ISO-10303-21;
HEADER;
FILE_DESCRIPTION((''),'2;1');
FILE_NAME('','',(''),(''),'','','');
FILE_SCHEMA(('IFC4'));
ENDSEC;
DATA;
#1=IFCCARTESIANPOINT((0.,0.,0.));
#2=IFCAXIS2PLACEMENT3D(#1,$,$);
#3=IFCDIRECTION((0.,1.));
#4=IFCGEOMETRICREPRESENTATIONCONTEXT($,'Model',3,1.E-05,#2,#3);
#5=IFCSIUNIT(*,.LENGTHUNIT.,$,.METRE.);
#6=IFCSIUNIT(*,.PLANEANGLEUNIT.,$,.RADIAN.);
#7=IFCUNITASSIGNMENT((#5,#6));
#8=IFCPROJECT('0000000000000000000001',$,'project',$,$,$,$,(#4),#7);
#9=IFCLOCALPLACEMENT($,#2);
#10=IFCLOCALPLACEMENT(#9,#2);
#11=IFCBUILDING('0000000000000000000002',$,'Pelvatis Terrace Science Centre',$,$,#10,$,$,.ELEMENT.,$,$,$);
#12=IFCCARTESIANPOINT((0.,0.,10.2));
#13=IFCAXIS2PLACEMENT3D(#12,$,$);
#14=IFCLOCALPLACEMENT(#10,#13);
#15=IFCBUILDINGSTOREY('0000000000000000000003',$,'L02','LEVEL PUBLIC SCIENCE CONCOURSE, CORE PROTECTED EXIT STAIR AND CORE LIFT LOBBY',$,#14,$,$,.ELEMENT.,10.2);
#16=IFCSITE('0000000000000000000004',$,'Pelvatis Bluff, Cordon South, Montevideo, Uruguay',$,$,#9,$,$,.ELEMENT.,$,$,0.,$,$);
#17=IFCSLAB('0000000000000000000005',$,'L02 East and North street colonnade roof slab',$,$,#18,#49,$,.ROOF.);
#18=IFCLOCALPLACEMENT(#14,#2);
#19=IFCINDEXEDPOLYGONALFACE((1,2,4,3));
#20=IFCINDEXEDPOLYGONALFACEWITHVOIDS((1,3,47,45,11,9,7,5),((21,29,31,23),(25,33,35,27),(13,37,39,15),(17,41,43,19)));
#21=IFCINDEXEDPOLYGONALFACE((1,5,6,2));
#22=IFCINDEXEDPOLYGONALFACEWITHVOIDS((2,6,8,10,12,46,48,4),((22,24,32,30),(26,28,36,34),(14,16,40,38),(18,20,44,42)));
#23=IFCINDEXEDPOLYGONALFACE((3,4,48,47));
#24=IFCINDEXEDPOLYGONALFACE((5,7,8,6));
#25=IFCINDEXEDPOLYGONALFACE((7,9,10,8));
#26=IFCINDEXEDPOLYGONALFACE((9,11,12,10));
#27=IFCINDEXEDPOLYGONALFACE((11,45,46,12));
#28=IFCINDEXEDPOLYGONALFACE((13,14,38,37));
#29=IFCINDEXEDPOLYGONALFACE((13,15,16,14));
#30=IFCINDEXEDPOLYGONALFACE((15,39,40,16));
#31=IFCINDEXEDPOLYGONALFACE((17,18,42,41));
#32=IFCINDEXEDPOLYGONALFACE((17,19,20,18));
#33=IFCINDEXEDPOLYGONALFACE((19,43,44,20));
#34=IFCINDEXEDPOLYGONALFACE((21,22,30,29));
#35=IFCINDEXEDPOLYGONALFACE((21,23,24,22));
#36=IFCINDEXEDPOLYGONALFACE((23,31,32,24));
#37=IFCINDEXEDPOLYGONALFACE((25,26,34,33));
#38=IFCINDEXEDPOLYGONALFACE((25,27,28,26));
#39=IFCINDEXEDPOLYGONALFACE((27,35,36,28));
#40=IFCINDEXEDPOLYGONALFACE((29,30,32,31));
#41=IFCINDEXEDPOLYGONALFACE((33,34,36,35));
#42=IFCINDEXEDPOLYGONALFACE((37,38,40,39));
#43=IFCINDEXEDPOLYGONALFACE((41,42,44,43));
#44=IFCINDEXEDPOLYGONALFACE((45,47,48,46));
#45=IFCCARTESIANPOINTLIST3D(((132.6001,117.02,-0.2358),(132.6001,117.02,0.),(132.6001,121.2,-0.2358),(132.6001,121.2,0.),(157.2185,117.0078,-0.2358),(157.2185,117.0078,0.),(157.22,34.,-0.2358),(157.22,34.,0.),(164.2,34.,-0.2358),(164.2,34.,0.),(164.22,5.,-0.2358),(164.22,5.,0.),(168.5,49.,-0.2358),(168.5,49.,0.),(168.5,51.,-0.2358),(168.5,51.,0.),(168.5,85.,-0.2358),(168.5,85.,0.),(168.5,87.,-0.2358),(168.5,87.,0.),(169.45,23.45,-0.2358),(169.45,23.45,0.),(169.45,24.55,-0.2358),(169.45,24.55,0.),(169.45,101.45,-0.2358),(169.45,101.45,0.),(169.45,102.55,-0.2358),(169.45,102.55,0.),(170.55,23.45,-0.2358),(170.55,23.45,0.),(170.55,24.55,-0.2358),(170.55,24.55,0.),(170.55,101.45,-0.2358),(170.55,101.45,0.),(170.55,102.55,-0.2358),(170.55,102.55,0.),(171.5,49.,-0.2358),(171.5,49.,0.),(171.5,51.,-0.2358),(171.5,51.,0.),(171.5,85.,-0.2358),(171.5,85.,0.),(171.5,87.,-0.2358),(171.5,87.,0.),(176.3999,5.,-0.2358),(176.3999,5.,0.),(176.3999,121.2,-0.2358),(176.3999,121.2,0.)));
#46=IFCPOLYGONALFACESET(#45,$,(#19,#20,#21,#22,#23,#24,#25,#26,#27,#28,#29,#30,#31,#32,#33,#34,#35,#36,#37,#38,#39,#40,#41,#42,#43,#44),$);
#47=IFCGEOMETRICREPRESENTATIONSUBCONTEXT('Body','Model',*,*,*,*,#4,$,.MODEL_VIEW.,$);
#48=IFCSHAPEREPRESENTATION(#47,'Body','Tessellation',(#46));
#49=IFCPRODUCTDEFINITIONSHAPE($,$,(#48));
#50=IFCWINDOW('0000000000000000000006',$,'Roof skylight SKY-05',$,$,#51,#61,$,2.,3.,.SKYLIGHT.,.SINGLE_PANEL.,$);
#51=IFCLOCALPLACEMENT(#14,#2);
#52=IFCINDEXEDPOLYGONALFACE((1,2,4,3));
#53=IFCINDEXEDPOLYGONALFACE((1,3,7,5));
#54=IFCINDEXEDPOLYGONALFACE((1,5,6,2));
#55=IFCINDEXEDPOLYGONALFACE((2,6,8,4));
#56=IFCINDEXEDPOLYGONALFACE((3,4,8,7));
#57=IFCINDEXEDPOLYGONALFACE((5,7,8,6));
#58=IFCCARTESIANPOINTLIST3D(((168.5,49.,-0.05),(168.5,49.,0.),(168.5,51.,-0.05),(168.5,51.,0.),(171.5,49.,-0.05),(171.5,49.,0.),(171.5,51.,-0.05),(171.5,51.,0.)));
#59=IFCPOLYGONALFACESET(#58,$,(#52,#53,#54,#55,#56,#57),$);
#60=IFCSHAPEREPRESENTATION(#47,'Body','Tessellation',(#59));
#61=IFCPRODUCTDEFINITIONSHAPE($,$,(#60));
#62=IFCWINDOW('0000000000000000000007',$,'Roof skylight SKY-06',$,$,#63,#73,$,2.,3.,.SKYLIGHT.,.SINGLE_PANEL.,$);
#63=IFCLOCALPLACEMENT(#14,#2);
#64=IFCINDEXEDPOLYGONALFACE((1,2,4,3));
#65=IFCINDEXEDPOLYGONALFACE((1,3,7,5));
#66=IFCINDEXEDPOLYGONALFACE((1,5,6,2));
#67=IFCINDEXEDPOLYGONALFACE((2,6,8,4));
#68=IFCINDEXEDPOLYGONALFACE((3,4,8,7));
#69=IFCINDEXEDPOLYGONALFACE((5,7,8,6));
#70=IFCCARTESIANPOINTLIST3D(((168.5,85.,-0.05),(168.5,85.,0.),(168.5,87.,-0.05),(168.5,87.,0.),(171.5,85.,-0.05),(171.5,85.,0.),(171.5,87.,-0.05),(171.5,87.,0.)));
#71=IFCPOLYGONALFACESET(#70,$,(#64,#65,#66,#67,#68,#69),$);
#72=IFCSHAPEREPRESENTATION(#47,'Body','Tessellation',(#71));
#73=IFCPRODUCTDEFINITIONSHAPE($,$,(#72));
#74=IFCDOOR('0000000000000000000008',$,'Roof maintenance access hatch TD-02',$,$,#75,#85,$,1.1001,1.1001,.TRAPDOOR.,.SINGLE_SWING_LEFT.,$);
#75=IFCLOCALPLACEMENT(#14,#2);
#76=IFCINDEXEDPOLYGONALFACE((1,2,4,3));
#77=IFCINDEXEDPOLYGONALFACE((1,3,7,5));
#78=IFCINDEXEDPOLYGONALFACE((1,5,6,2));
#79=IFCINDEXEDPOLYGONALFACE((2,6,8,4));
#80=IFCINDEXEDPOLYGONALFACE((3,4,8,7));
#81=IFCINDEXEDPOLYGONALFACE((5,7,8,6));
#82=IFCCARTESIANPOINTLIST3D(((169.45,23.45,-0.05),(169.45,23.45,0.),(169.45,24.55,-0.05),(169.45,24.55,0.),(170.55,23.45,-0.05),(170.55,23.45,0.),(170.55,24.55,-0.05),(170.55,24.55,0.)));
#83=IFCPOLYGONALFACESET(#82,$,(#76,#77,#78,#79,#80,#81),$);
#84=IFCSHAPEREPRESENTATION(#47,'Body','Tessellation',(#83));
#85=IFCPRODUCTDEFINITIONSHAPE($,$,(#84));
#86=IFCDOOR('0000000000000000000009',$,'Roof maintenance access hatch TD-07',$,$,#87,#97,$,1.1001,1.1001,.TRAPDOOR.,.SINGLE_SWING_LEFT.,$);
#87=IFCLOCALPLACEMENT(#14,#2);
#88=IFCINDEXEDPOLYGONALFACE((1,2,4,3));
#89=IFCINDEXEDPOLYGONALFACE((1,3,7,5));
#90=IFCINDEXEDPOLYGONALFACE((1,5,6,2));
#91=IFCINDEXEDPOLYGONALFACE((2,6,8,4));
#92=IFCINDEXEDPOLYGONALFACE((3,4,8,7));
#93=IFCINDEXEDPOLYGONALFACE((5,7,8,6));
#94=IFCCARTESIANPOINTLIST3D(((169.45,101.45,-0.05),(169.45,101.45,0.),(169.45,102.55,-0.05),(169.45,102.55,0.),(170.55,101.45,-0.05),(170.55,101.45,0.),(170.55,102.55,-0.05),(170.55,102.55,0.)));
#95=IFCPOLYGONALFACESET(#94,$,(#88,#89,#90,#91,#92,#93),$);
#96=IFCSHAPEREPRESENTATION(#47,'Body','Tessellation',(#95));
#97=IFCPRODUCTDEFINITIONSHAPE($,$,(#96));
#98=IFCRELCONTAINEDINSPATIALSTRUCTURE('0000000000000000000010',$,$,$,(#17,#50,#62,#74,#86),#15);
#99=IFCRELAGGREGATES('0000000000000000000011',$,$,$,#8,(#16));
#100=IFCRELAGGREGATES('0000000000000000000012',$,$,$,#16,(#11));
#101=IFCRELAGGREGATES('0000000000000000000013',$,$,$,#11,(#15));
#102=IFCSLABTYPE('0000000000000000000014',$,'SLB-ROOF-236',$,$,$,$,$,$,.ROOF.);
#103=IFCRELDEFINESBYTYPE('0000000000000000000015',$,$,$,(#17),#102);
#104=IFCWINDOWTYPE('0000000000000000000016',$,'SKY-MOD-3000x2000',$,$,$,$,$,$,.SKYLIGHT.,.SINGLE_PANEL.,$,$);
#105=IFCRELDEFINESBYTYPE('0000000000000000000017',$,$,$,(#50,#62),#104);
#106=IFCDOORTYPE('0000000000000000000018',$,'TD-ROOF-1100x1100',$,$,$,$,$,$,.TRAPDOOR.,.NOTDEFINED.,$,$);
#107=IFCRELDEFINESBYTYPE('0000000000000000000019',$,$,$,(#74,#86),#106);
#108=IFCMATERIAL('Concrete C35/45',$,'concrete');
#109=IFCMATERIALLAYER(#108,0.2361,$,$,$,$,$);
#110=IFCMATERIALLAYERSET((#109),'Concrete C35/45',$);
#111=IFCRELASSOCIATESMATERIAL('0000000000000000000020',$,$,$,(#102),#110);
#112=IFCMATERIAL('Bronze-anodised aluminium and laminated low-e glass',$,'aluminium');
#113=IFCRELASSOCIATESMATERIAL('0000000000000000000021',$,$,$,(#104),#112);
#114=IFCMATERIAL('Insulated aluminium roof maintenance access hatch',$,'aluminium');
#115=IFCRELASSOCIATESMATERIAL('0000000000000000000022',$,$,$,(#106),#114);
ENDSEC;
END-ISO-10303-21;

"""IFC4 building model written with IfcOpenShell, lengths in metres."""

from ifc_helpers import new_model, si_unit, direction, frame, origin, origin_2d, place, context, subcontext, project, spatial, polyline, rectangle, outline, extrude, material, layer, layer_set, type_object, element, fill, save


model = new_model("IFC4")

# Units and contexts
model_context = context("Model", 3, precision=1e-05, world=origin(), true_north=direction((0.0, 1.0)))
body_context = subcontext(model_context, "Body", "Model", "MODEL_VIEW")
ifc_project = project(units=[si_unit("LENGTHUNIT", "METRE"), si_unit("PLANEANGLEUNIT", "RADIAN")], contexts=[model_context])

# Site, building, storey
site_placement = place(None, origin())
site = spatial("IfcSite", under=ifc_project, at=site_placement, Name="Pelvatis Bluff, Cordon South, Montevideo, Uruguay", CompositionType="ELEMENT", RefElevation=0.0)
building_placement = place(site_placement, origin())
building = spatial("IfcBuilding", under=site, at=building_placement, Name="Pelvatis Terrace Science Centre", CompositionType="ELEMENT")
storey_placement = place(building_placement, frame((0.0, 0.0, 10.2)))
storey = spatial("IfcBuildingStorey", under=building, at=storey_placement, Name="L02", Description="LEVEL PUBLIC SCIENCE CONCOURSE, CORE PROTECTED EXIT STAIR AND CORE LIFT LOBBY", CompositionType="ELEMENT", Elevation=10.2)

# Shared definitions
ifc_material_1 = material(Name="Concrete C35/45", Category="concrete")
ifc_layer_1 = layer(ifc_material_1, 0.2361)
ifc_layer_set_1 = layer_set([ifc_layer_1], Name="Concrete C35/45")
slab_type_1 = type_object("IfcSlabType", Name="SLB-ROOF-236", PredefinedType="ROOF", material=ifc_layer_set_1)

# Slab, openings, windows, doors
slab_1_placement = place(storey_placement, frame((0.0, 0.0, -0.2358)))
slab_1 = element("IfcSlab", 1, at=slab_1_placement, inside=storey, type_object=slab_type_1, Name="L02 East and North street colonnade roof slab", PredefinedType="ROOF", context=body_context, shape_type="SweptSolid", body=[
    extrude(outline(polyline([(132.6001, 121.2), (176.3999, 121.2), (176.3999, 5.0), (164.22, 5.0), (164.2, 34.0), (157.22, 34.0), (157.2185, 117.0078), (132.6001, 117.02), (132.6001, 121.2)])), origin(), (0.0, 0.0, 1.0), 0.2358),
])
opening_1_placement = place(slab_1_placement, frame((170.0, 50.0, 0.0)))
opening_1 = element("IfcOpeningElement", 2, at=opening_1_placement, cuts=slab_1, PredefinedType="OPENING", context=body_context, shape_type="SweptSolid", body=[
    extrude(rectangle(XDim=3.0, YDim=2.0, at=origin_2d()), origin(), (0.0, 0.0, 1.0), 0.2358),
])
opening_2_placement = place(slab_1_placement, frame((170.0, 86.0, 0.0)))
opening_2 = element("IfcOpeningElement", 3, at=opening_2_placement, cuts=slab_1, PredefinedType="OPENING", context=body_context, shape_type="SweptSolid", body=[
    extrude(rectangle(XDim=3.0, YDim=2.0, at=origin_2d()), origin(), (0.0, 0.0, 1.0), 0.2358),
])
opening_3_placement = place(slab_1_placement, frame((170.0, 24.0, 0.0)))
opening_3 = element("IfcOpeningElement", 4, at=opening_3_placement, cuts=slab_1, PredefinedType="OPENING", context=body_context, shape_type="SweptSolid", body=[
    extrude(rectangle(XDim=1.1001, YDim=1.1001, at=origin_2d()), origin(), (0.0, 0.0, 1.0), 0.2358),
])
opening_4_placement = place(slab_1_placement, frame((170.0, 102.0, 0.0)))
opening_4 = element("IfcOpeningElement", 5, at=opening_4_placement, cuts=slab_1, PredefinedType="OPENING", context=body_context, shape_type="SweptSolid", body=[
    extrude(rectangle(XDim=1.1001, YDim=1.1001, at=origin_2d()), origin(), (0.0, 0.0, 1.0), 0.2358),
])
ifc_material_2 = material(Name="Bronze-anodised aluminium and laminated low-e glass", Category="aluminium")
window_type_1 = type_object("IfcWindowType", Name="SKY-MOD-3000x2000", PartitioningType="SINGLE_PANEL", PredefinedType="SKYLIGHT", material=ifc_material_2)
window_1_placement = place(opening_1_placement, frame((0.0, 0.0, 0.1858)))
window_1 = element("IfcWindow", 6, at=window_1_placement, inside=storey, type_object=window_type_1, Name="Roof skylight SKY-05", OverallHeight=2.0, OverallWidth=3.0, PartitioningType="SINGLE_PANEL", PredefinedType="SKYLIGHT", context=body_context, shape_type="SweptSolid", body=[
    extrude(rectangle(XDim=3.0, YDim=2.0, at=origin_2d()), origin(), (0.0, 0.0, 1.0), 0.05),
])
fill(opening_1, window_1)
window_2_placement = place(opening_2_placement, frame((0.0, 0.0, 0.1858)))
window_2 = element("IfcWindow", 7, at=window_2_placement, inside=storey, type_object=window_type_1, Name="Roof skylight SKY-06", OverallHeight=2.0, OverallWidth=3.0, PartitioningType="SINGLE_PANEL", PredefinedType="SKYLIGHT", context=body_context, shape_type="SweptSolid", body=[
    extrude(rectangle(XDim=3.0, YDim=2.0, at=origin_2d()), origin(), (0.0, 0.0, 1.0), 0.05),
])
fill(opening_2, window_2)
ifc_material_3 = material(Name="Insulated aluminium roof maintenance access hatch", Category="aluminium")
door_type = type_object("IfcDoorType", Name="TD-ROOF-1100x1100", OperationType="NOTDEFINED", PredefinedType="TRAPDOOR", material=ifc_material_3)
door_1_placement = place(opening_3_placement, frame((0.0, 0.0, 0.1858)))
door_1 = element("IfcDoor", 8, at=door_1_placement, inside=storey, type_object=door_type, Name="Roof maintenance access hatch TD-02", OperationType="SINGLE_SWING_LEFT", OverallHeight=1.1001, OverallWidth=1.1001, PredefinedType="TRAPDOOR", context=body_context, shape_type="SweptSolid", body=[
    extrude(rectangle(XDim=1.1001, YDim=1.1001, at=origin_2d()), origin(), (0.0, 0.0, 1.0), 0.05),
])
fill(opening_3, door_1)
door_2_placement = place(opening_4_placement, frame((0.0, 0.0, 0.1858)))
door_2 = element("IfcDoor", 9, at=door_2_placement, inside=storey, type_object=door_type, Name="Roof maintenance access hatch TD-07", OperationType="SINGLE_SWING_LEFT", OverallHeight=1.1001, OverallWidth=1.1001, PredefinedType="TRAPDOOR", context=body_context, shape_type="SweptSolid", body=[
    extrude(rectangle(XDim=1.1001, YDim=1.1001, at=origin_2d()), origin(), (0.0, 0.0, 1.0), 0.05),
])
fill(opening_4, door_2)

save(model, "model.ifc")
